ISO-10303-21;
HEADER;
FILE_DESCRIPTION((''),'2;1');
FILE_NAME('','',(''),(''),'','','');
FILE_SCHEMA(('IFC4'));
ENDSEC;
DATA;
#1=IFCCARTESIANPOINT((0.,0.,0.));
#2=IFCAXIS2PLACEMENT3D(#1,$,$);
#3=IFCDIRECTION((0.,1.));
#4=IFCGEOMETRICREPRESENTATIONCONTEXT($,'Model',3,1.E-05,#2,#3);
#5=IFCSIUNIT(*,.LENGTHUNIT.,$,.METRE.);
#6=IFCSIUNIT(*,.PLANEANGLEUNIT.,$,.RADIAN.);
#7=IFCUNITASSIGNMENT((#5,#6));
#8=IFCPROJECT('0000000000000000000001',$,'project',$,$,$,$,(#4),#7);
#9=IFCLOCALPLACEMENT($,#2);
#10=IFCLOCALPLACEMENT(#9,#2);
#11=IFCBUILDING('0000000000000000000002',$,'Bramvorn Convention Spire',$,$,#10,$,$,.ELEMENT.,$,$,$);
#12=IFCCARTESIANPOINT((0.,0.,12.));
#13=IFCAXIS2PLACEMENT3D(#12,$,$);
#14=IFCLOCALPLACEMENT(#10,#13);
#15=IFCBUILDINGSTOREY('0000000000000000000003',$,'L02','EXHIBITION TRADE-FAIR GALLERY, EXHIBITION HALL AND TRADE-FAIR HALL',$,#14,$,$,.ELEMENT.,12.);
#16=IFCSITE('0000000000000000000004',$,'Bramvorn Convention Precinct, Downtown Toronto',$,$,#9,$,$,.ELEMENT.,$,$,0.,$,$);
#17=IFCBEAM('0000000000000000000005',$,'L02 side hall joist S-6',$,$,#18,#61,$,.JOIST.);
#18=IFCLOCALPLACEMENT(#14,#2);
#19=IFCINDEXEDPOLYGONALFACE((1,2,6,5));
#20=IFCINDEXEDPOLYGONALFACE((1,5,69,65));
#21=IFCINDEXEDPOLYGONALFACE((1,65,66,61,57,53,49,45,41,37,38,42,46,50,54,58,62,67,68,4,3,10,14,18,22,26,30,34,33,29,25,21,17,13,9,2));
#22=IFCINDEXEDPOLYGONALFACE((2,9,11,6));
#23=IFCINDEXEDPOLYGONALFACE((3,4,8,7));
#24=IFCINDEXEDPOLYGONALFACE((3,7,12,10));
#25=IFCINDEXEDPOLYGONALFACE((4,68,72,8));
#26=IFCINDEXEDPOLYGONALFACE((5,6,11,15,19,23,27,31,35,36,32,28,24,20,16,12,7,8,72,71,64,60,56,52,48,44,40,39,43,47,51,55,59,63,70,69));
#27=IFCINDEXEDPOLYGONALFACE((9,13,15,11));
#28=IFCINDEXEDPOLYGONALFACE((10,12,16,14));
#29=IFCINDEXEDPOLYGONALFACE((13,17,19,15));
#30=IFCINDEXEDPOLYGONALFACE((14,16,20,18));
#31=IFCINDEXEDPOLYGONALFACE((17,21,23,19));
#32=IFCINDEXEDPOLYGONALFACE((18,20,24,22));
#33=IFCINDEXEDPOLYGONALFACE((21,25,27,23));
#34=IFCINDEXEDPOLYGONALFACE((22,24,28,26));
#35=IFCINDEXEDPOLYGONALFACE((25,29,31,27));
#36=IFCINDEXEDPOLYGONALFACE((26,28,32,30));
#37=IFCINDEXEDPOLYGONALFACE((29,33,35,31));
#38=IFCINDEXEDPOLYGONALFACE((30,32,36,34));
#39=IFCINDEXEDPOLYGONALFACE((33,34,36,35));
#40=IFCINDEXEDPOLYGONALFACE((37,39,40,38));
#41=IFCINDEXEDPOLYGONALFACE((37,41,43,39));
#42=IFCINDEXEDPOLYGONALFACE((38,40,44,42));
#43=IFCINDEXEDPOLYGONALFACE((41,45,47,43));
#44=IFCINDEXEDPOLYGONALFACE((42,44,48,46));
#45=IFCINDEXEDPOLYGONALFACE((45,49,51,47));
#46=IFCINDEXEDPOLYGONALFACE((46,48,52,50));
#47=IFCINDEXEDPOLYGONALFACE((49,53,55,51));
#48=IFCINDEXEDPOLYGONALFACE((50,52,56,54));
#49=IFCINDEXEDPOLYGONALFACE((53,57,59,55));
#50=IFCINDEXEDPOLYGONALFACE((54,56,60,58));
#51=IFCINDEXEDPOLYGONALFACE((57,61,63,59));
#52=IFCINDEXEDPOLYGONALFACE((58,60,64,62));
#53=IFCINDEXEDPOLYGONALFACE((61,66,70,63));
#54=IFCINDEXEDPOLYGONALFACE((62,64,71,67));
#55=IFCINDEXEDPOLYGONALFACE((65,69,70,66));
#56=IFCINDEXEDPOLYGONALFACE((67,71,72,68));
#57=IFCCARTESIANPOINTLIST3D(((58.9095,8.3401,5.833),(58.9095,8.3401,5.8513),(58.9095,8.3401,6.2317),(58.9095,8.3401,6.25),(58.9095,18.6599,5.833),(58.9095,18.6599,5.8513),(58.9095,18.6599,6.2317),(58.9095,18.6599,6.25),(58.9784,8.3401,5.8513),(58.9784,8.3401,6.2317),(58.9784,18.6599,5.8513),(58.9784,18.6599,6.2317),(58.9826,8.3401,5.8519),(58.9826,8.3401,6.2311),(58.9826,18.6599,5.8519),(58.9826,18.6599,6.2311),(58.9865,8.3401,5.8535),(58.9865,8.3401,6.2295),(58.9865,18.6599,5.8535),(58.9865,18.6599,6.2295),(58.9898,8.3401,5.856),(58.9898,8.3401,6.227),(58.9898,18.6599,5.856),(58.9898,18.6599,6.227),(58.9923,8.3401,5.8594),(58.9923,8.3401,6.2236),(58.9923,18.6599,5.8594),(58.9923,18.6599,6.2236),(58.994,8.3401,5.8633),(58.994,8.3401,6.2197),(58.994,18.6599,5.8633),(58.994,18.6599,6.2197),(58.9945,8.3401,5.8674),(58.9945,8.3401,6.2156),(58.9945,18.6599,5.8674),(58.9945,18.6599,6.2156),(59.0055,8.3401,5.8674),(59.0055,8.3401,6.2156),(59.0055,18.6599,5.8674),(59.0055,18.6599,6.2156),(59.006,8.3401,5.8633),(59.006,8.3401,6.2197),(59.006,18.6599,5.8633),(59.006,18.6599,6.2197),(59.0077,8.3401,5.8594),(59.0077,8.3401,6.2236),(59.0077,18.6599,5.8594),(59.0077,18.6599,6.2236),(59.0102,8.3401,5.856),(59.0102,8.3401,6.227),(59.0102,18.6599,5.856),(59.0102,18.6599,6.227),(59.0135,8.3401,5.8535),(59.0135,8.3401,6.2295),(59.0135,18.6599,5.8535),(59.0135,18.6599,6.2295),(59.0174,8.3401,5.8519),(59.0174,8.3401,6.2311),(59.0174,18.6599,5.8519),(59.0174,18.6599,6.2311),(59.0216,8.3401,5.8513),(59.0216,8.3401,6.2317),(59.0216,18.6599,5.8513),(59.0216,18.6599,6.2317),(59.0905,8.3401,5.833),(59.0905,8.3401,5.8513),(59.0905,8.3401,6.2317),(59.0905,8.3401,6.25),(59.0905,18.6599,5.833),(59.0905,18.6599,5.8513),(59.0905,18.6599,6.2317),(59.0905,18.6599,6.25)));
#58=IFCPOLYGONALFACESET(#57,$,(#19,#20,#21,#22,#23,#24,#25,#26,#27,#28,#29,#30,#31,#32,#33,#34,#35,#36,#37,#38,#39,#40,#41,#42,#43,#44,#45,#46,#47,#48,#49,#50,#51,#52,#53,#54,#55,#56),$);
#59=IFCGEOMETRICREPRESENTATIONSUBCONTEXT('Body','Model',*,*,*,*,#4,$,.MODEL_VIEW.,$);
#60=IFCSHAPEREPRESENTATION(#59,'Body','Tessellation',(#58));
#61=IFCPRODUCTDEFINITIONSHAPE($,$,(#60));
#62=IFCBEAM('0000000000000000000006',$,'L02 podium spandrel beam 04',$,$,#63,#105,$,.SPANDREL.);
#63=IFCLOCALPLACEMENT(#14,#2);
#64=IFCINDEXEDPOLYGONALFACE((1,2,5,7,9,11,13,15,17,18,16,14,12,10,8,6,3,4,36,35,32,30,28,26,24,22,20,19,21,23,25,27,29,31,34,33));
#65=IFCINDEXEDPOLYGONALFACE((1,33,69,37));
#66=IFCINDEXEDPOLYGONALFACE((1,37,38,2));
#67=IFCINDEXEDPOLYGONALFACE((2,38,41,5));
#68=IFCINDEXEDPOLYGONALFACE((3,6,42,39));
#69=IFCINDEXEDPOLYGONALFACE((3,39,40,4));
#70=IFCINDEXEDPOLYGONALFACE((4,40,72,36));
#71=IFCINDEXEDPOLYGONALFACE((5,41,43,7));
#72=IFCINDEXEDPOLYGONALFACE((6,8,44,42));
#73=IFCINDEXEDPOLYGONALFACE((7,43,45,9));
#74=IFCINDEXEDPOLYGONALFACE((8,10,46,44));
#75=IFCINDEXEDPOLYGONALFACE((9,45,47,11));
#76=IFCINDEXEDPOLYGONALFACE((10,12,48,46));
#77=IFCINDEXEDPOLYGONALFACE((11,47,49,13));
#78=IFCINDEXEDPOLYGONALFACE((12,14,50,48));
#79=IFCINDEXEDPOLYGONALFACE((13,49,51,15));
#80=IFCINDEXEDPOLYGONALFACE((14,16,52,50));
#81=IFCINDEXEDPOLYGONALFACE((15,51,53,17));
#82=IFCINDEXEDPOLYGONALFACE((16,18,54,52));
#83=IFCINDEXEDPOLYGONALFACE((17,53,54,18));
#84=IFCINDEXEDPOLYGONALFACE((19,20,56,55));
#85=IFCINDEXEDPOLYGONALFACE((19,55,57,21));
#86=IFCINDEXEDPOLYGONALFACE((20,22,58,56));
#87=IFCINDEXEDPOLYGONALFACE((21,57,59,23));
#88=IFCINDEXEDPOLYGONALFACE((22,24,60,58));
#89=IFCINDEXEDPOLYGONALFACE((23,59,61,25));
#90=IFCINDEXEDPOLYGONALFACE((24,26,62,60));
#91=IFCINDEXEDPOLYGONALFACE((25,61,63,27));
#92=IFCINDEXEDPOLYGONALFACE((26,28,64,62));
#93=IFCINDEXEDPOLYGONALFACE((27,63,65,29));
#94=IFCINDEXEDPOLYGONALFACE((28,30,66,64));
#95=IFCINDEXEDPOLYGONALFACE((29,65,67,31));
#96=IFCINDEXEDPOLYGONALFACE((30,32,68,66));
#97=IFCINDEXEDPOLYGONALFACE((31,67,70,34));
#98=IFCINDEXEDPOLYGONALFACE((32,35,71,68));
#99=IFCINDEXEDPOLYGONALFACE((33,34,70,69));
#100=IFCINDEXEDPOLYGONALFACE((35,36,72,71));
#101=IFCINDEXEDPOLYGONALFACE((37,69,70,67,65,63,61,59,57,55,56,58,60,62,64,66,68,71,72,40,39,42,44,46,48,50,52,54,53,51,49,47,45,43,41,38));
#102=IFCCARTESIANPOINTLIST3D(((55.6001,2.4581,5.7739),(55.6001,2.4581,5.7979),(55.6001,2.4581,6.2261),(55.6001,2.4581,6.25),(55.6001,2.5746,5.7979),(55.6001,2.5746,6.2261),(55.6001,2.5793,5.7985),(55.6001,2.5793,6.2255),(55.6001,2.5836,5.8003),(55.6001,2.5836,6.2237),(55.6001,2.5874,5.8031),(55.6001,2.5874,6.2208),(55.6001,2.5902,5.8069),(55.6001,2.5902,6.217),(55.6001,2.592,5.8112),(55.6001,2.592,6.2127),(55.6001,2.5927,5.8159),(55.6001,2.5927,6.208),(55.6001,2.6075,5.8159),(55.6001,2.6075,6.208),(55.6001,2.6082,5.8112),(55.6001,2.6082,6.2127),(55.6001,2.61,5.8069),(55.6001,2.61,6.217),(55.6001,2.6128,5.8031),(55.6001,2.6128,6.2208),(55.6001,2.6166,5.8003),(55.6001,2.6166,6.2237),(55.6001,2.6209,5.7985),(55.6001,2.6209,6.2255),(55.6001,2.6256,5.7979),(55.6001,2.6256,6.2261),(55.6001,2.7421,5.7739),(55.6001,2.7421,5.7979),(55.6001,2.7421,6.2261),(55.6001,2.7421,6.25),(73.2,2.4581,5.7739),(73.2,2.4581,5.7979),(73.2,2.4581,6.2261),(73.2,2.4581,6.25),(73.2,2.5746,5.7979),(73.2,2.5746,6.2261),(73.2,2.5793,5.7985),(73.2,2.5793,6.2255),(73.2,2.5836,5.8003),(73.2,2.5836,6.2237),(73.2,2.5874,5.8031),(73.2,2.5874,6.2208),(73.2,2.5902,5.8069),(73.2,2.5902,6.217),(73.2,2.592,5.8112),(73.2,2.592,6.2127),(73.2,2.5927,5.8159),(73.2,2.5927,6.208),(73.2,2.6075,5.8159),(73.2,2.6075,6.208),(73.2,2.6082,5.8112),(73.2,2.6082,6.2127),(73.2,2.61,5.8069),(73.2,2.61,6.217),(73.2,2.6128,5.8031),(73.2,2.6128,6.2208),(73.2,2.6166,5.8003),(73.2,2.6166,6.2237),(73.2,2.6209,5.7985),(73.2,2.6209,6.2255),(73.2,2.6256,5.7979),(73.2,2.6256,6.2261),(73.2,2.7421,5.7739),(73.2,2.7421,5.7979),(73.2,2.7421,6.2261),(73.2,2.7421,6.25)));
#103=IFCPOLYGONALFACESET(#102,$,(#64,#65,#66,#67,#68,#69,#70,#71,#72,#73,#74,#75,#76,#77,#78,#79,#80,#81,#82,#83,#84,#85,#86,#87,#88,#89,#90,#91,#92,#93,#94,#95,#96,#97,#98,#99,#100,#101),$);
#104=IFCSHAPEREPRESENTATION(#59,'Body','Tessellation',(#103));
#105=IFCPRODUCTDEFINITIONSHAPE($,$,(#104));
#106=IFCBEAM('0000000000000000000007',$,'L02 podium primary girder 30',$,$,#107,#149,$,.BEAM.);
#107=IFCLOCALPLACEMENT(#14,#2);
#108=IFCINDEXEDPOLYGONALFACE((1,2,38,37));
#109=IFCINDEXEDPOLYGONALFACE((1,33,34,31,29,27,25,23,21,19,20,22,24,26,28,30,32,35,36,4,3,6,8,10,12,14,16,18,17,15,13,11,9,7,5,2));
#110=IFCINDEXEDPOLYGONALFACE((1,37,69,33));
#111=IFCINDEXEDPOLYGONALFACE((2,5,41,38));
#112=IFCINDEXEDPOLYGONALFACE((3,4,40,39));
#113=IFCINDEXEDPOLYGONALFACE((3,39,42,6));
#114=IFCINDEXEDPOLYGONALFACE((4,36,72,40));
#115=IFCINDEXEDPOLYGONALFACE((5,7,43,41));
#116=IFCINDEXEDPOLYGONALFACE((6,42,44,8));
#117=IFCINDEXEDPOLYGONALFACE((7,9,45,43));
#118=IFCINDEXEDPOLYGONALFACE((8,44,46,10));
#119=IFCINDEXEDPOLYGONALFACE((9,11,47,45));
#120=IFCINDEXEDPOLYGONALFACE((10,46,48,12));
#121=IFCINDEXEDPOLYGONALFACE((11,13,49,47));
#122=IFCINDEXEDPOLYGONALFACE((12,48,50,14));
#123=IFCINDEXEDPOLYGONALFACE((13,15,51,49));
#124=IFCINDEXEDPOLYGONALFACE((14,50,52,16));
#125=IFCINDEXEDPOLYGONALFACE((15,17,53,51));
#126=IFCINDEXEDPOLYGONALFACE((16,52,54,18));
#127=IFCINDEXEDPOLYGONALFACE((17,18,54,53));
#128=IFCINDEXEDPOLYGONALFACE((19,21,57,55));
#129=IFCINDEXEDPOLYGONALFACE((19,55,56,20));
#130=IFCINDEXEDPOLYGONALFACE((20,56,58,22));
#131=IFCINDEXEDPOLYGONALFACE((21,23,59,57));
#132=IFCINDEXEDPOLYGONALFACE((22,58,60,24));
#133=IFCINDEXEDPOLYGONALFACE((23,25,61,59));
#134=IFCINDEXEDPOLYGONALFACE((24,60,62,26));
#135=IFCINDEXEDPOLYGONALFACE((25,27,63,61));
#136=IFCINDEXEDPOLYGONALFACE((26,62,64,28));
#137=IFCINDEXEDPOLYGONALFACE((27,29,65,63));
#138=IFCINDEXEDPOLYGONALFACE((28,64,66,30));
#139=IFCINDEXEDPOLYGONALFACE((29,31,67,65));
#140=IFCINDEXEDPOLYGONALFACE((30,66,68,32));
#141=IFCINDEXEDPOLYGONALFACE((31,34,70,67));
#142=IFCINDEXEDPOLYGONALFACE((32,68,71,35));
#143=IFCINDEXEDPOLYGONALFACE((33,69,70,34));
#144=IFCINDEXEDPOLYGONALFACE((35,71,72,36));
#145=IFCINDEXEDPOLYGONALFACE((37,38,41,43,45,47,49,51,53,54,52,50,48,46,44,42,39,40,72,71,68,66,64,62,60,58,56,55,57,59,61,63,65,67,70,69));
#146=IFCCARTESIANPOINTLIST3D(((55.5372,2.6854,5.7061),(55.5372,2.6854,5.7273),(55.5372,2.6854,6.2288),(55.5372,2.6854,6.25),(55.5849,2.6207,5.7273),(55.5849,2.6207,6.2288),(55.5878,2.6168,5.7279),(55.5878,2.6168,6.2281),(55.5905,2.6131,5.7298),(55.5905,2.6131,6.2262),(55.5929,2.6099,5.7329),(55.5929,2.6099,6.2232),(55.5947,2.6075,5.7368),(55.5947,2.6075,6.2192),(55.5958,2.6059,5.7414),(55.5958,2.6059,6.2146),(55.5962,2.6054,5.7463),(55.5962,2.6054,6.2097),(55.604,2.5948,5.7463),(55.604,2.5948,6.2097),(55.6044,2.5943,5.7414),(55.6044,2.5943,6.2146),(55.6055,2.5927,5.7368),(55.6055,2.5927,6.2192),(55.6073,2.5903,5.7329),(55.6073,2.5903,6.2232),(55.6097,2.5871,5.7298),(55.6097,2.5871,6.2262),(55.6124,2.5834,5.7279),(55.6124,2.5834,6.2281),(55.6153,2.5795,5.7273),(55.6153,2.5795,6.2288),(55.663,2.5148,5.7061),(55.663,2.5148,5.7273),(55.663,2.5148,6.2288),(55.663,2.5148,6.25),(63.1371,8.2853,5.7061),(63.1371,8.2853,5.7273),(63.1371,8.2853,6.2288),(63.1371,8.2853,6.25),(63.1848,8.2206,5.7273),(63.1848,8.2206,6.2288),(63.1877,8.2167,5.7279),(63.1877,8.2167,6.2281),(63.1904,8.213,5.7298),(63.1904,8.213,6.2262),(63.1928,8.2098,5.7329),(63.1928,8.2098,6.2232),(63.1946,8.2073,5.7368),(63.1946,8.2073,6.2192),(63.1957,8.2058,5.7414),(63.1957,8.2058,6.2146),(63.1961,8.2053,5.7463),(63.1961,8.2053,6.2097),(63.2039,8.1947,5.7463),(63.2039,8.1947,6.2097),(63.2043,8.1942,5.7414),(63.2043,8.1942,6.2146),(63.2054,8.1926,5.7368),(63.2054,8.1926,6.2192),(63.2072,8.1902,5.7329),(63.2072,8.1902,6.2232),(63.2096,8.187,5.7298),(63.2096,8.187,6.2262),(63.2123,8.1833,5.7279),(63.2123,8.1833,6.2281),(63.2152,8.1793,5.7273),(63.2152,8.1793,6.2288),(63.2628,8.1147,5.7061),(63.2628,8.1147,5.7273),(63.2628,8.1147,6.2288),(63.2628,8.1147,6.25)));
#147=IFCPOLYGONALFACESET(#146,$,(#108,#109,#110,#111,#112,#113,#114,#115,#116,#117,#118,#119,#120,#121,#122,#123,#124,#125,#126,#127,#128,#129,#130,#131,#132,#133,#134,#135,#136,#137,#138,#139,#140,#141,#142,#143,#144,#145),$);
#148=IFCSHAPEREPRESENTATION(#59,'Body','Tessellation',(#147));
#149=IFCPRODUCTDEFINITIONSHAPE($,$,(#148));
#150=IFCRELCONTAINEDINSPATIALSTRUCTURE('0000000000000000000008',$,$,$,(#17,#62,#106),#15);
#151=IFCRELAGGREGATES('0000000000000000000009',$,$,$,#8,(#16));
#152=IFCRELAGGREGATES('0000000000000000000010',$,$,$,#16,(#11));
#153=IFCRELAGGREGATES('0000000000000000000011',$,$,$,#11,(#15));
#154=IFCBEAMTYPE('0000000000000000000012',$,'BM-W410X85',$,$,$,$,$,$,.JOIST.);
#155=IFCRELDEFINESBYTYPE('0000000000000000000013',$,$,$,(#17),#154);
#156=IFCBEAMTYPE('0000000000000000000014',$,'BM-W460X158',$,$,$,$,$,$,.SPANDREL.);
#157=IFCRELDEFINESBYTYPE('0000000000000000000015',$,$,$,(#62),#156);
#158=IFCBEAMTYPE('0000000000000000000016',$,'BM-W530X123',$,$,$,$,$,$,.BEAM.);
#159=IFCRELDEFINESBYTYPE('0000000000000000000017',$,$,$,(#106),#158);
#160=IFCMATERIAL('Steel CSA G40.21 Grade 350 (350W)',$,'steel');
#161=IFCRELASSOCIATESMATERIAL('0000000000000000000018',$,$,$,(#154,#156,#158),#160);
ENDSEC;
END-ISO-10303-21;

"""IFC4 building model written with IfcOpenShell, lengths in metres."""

from ifc_helpers import new_model, si_unit, direction, frame, origin, origin_2d, place, context, subcontext, project, spatial, i_section, extrude, material, material_profile, profile_set, type_object, element, save


model = new_model("IFC4")

# Units and contexts
model_context = context("Model", 3, precision=1e-05, world=origin(), true_north=direction((0.0, 1.0)))
body_context = subcontext(model_context, "Body", "Model", "MODEL_VIEW")
ifc_project = project(units=[si_unit("LENGTHUNIT", "METRE"), si_unit("PLANEANGLEUNIT", "RADIAN")], contexts=[model_context])

# Site, building, storey
site_placement = place(None, origin())
site = spatial("IfcSite", under=ifc_project, at=site_placement, Name="Bramvorn Convention Precinct, Downtown Toronto", CompositionType="ELEMENT", RefElevation=0.0)
building_placement = place(site_placement, origin())
building = spatial("IfcBuilding", under=site, at=building_placement, Name="Bramvorn Convention Spire", CompositionType="ELEMENT")
storey_placement = place(building_placement, frame((0.0, 0.0, 12.0)))
storey = spatial("IfcBuildingStorey", under=building, at=storey_placement, Name="L02", Description="EXHIBITION TRADE-FAIR GALLERY, EXHIBITION HALL AND TRADE-FAIR HALL", CompositionType="ELEMENT", Elevation=12.0)

# Shared definitions
ifc_material_1 = material(Name="Steel CSA G40.21 Grade 350 (350W)", Category="steel")

# Beams
ifc_material_profile_1 = material_profile(ifc_material_1, i_section(OverallWidth=0.1809, OverallDepth=0.417, WebThickness=0.011, FlangeThickness=0.0183, FilletRadius=0.0161, at=origin_2d()))
ifc_profile_set_1 = profile_set([ifc_material_profile_1], Name="Steel CSA G40.21 Grade 350 (350W) - W410X85")
beam_type_1 = type_object("IfcBeamType", Name="BM-W410X85", PredefinedType="JOIST", material=ifc_profile_set_1)
for number, where, z_axis, x_axis, name in (
    (1, (59.0, 8.3401, 6.0415), (0.0, 1.0, 0.0), (-1.0, 0.0, 0.0), "L02 side hall joist S-6"),
):
    element("IfcBeam", number, at=place(storey_placement, frame(where, z_axis=z_axis, x_axis=x_axis)), inside=storey, type_object=beam_type_1, Name=name, PredefinedType="JOIST", context=body_context, shape_type="SweptSolid", body=[
        extrude(i_section(OverallWidth=0.1809, OverallDepth=0.417, WebThickness=0.011, FlangeThickness=0.0183, FilletRadius=0.0161, at=origin_2d()), origin(), (0.0, 0.0, 1.0), 10.3198),
    ])
ifc_material_profile_2 = material_profile(ifc_material_1, i_section(OverallWidth=0.2839, OverallDepth=0.4761, WebThickness=0.0149, FlangeThickness=0.0239, FilletRadius=0.0181, at=origin_2d()))
ifc_profile_set_2 = profile_set([ifc_material_profile_2], Name="Steel CSA G40.21 Grade 350 (350W) - W460X158")
beam_type_2 = type_object("IfcBeamType", Name="BM-W460X158", PredefinedType="SPANDREL", material=ifc_profile_set_2)
beam_1_placement = place(storey_placement, frame((55.6001, 2.6001, 6.012), z_axis=(1.0, 0.0, 0.0), x_axis=(0.0, 1.0, 0.0)))
element("IfcBeam", 2, at=beam_1_placement, inside=storey, type_object=beam_type_2, Name="L02 podium spandrel beam 04", PredefinedType="SPANDREL", context=body_context, shape_type="SweptSolid", body=[
    extrude(i_section(OverallWidth=0.2839, OverallDepth=0.4761, WebThickness=0.0149, FlangeThickness=0.0239, FilletRadius=0.0181, at=origin_2d()), origin(), (0.0, 0.0, 1.0), 17.5999),
])
ifc_material_profile_3 = material_profile(ifc_material_1, i_section(OverallWidth=0.2119, OverallDepth=0.5439, WebThickness=0.0132, FlangeThickness=0.0212, FilletRadius=0.019, at=origin_2d()))
ifc_profile_set_3 = profile_set([ifc_material_profile_3], Name="Steel CSA G40.21 Grade 350 (350W) - W530X123")
beam_type_3 = type_object("IfcBeamType", Name="BM-W530X123", PredefinedType="BEAM", material=ifc_profile_set_3)
beam_2_placement = place(storey_placement, frame((55.6001, 2.6001, 5.978), z_axis=(0.805058, 0.593196, 0.0), x_axis=(-0.593196, 0.805058, 0.0)))
element("IfcBeam", 3, at=beam_2_placement, inside=storey, type_object=beam_type_3, Name="L02 podium primary girder 30", PredefinedType="BEAM", context=body_context, shape_type="SweptSolid", body=[
    extrude(i_section(OverallWidth=0.2119, OverallDepth=0.5439, WebThickness=0.0132, FlangeThickness=0.0212, FilletRadius=0.019, at=origin_2d()), origin(), (0.0, 0.0, 1.0), 9.4402),
])

save(model, "model.ifc")
